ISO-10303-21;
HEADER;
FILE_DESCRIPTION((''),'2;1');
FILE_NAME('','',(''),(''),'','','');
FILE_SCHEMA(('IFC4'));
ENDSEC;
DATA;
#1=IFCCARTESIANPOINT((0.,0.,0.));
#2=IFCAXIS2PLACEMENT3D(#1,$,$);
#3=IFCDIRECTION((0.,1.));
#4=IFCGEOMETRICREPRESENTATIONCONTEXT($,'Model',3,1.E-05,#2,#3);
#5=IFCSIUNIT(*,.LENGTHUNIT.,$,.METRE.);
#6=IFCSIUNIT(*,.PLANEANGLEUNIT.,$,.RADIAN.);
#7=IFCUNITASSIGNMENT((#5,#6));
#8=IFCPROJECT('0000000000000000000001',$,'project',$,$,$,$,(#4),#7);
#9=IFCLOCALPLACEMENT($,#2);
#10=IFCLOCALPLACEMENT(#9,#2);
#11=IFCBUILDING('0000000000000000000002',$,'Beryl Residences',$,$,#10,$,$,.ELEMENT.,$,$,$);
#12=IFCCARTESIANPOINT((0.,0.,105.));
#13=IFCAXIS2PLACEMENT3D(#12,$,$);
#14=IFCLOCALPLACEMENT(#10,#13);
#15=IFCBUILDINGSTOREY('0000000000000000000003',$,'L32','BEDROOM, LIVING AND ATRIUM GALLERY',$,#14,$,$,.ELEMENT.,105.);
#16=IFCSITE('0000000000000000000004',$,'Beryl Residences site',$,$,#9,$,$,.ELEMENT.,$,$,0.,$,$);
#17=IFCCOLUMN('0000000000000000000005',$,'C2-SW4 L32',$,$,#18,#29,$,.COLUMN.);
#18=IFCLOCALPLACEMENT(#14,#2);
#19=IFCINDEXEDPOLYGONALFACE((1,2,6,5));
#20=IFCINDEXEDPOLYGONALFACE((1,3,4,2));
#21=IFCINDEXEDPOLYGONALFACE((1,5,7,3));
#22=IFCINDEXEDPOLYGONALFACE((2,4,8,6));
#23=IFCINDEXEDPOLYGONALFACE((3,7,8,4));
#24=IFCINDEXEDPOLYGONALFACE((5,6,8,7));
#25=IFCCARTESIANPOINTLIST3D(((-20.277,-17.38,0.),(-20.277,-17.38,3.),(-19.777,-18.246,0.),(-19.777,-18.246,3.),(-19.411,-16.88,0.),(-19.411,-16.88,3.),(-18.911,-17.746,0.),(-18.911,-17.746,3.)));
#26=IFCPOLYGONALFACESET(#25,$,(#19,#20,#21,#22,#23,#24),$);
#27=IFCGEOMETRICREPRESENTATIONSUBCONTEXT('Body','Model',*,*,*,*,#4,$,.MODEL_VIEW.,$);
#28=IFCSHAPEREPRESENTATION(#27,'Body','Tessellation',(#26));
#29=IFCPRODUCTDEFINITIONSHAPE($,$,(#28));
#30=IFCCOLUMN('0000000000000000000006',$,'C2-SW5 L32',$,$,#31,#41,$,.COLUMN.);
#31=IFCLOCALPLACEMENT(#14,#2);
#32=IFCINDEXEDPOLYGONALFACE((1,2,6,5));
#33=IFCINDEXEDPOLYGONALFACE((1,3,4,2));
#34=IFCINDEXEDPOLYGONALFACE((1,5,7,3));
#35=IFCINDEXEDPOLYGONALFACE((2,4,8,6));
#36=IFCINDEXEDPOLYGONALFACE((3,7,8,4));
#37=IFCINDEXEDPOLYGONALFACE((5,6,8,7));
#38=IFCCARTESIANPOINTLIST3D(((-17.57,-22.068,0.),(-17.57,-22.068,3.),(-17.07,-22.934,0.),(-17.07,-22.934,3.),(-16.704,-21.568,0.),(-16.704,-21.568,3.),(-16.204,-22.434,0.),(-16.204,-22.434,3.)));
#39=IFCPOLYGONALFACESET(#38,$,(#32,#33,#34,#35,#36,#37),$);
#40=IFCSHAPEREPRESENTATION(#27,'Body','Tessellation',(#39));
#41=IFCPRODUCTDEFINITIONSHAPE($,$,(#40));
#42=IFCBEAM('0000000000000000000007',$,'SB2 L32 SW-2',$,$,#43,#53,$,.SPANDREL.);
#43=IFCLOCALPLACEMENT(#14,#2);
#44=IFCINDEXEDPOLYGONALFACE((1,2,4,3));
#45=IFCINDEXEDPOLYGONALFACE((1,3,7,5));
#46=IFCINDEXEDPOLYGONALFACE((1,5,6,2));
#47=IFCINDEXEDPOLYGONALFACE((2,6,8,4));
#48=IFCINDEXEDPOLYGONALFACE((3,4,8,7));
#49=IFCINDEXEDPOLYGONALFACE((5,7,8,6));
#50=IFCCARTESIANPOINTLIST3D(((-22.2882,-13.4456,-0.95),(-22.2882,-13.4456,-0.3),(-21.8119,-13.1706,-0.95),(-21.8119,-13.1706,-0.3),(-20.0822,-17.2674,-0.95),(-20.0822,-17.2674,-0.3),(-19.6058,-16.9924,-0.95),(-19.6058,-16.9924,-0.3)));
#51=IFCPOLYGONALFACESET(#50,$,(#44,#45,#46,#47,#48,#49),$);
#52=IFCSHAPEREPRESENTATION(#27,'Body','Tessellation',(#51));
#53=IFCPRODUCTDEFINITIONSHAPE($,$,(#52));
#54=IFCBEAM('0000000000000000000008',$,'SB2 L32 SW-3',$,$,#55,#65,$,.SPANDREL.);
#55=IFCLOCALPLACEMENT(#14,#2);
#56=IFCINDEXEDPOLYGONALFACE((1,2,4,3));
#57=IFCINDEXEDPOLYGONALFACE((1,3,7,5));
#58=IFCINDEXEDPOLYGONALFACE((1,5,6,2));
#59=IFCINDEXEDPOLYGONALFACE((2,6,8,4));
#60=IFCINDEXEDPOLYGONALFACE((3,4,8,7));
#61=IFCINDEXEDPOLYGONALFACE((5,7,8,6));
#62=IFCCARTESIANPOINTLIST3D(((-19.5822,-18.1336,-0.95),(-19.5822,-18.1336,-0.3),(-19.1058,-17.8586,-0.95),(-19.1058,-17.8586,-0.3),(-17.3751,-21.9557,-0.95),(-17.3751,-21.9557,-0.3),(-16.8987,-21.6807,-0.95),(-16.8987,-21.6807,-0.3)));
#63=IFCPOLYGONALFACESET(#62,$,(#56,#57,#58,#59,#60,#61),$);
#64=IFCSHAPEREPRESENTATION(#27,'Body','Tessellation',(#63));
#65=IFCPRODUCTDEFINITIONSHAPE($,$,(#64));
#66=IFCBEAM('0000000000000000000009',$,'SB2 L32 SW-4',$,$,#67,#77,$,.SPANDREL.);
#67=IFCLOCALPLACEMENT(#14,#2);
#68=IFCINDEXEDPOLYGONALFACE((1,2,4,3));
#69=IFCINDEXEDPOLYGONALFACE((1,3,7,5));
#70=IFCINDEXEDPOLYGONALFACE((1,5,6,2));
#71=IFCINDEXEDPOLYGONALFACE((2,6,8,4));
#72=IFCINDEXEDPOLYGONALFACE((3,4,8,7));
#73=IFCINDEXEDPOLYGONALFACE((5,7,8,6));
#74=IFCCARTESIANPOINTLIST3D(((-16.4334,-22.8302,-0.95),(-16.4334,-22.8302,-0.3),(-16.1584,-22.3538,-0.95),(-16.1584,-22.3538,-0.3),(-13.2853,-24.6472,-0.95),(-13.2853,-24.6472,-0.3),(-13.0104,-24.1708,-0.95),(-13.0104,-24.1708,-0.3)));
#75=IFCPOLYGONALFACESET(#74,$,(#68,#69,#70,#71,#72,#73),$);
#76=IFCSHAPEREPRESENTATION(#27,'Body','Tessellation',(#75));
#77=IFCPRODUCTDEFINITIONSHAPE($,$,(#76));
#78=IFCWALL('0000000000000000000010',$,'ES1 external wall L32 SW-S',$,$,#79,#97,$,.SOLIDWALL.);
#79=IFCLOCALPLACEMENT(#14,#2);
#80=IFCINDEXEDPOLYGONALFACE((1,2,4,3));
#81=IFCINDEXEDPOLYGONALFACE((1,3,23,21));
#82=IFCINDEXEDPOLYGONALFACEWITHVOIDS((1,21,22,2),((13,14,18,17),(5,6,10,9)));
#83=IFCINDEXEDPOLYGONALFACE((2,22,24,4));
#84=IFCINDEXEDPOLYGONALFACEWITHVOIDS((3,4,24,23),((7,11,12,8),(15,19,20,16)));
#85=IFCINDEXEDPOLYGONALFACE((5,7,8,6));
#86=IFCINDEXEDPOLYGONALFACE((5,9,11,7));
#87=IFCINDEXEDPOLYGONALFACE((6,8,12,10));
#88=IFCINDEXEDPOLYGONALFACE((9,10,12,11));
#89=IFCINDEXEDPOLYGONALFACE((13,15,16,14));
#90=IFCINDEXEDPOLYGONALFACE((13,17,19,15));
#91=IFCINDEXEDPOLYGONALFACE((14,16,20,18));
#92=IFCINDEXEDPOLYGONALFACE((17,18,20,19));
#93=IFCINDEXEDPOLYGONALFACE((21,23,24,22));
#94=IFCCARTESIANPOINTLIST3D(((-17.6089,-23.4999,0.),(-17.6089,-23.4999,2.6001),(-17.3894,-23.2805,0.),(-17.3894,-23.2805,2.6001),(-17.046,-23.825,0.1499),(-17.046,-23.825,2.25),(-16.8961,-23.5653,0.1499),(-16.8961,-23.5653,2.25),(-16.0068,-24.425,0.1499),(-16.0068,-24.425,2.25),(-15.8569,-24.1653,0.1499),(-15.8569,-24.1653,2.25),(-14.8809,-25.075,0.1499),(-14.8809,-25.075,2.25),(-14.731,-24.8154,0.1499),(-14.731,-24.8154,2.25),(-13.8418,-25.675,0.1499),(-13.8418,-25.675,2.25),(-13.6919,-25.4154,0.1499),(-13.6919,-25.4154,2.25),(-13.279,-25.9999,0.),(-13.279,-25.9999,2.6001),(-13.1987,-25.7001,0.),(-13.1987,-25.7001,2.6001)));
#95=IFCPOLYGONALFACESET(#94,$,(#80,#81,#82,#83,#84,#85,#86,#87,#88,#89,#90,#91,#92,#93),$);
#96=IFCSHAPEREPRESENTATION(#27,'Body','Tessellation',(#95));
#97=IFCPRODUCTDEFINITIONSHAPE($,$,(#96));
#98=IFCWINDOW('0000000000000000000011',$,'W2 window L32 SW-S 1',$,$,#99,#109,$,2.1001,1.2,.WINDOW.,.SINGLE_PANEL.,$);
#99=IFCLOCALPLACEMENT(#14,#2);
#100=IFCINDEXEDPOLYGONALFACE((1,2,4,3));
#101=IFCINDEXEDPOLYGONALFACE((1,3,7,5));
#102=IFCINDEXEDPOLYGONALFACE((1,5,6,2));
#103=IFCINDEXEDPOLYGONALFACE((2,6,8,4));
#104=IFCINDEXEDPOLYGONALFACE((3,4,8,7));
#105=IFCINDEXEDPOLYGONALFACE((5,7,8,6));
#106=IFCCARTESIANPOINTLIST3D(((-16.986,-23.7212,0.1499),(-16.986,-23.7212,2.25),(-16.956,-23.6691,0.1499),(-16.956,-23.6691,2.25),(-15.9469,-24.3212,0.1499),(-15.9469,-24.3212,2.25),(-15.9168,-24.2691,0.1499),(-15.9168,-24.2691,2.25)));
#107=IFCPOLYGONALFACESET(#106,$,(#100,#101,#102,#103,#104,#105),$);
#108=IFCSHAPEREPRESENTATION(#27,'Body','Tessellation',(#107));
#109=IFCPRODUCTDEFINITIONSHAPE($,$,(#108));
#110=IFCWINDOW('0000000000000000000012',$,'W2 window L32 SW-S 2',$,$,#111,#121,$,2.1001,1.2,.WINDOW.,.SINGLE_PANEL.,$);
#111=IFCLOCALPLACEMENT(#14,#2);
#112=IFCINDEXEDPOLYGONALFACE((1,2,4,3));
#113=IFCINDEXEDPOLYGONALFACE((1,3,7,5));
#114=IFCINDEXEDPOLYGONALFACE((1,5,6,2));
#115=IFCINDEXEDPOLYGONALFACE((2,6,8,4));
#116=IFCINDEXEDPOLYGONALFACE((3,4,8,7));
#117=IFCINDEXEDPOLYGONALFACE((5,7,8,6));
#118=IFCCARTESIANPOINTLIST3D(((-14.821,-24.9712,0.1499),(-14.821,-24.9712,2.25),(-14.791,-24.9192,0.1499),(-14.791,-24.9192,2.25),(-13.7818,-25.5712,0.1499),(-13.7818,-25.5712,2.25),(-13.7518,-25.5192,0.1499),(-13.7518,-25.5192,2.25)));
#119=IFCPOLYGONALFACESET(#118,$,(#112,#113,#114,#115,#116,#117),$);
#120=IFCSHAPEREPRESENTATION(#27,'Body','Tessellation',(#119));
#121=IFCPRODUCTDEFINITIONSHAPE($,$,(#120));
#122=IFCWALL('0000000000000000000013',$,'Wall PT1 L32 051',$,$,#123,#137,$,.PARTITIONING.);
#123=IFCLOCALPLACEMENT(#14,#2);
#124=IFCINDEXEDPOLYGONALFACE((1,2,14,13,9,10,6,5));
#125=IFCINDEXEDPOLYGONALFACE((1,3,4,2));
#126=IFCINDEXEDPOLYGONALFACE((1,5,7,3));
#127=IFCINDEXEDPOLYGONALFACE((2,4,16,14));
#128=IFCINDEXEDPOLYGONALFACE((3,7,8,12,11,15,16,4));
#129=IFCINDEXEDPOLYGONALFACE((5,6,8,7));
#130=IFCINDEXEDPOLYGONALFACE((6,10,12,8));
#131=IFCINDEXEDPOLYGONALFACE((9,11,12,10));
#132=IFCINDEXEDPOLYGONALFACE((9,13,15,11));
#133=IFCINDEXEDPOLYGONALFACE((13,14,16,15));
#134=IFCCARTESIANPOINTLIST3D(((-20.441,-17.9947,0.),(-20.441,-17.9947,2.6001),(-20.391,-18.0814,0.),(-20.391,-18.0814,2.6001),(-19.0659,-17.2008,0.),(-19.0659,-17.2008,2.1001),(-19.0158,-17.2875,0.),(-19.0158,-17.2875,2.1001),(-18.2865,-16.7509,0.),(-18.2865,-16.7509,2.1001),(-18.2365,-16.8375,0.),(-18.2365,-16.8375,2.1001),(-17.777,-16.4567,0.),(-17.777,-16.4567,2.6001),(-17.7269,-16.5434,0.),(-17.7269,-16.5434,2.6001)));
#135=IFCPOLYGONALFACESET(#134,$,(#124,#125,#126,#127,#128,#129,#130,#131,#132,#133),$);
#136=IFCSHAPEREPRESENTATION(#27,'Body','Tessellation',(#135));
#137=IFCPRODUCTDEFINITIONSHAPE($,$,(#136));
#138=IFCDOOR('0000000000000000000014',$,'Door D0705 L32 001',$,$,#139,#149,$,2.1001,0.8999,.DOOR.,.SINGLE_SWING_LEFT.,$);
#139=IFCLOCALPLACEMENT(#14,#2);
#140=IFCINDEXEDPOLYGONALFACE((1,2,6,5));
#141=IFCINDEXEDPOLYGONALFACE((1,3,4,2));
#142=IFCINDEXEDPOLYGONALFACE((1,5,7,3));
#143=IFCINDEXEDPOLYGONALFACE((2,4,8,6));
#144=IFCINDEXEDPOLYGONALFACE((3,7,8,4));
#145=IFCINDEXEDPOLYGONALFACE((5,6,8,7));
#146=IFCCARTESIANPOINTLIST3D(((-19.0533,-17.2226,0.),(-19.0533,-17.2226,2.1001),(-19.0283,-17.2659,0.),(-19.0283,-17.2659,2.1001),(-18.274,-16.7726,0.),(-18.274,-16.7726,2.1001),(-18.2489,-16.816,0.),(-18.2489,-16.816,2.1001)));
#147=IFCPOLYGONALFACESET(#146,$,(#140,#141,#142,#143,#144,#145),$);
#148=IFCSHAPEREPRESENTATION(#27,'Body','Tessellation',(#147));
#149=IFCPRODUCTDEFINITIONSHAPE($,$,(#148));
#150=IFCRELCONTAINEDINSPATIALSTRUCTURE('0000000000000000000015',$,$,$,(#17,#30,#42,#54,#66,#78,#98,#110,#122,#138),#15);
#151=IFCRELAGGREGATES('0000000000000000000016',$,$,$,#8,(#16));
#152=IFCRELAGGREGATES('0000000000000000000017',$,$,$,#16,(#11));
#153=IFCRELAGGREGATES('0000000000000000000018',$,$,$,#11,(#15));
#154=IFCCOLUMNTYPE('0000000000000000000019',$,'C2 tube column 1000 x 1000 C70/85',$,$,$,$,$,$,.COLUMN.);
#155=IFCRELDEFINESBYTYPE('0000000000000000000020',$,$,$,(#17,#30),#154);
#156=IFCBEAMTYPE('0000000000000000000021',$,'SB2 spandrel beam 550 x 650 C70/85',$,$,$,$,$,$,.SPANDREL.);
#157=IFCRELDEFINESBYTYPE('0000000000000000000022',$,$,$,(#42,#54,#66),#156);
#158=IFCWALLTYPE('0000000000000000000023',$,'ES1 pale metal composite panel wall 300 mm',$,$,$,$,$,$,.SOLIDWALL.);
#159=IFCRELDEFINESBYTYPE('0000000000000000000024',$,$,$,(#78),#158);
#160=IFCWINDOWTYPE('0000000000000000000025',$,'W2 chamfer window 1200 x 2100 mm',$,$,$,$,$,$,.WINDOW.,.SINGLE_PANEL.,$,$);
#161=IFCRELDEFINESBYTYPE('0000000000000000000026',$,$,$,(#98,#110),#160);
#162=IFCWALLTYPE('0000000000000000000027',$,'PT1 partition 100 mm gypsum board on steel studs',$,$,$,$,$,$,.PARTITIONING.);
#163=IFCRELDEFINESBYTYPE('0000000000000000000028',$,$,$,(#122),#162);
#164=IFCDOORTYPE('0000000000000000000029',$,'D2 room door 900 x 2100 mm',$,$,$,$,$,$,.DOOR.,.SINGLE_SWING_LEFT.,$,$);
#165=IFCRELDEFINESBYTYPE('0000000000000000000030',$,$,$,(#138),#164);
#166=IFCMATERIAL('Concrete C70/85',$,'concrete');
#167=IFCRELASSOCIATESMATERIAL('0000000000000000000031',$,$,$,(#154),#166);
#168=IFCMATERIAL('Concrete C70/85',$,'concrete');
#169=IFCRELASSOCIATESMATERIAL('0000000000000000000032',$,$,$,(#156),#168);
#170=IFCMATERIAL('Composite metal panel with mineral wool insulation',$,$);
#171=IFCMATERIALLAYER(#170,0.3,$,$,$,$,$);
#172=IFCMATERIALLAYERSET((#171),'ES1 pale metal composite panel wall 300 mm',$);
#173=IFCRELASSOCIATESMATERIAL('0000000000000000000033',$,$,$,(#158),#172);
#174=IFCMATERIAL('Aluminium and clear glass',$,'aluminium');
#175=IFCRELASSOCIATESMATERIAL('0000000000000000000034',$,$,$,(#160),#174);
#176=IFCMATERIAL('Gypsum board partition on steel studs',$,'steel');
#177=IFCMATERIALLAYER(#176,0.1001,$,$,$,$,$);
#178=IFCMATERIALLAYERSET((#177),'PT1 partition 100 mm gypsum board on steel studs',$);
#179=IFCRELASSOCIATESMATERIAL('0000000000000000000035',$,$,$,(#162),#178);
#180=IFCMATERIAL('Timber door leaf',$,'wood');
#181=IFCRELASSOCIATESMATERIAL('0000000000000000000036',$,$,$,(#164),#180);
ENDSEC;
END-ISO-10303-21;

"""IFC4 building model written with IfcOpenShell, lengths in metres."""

from ifc_helpers import new_model, si_unit, direction, frame, frame_2d, origin, origin_2d, place, context, subcontext, project, spatial, polyline, rectangle, outline, extrude, material, layer, layer_set, material_profile, profile_set, type_object, element, fill, save


model = new_model("IFC4")

# Units and contexts
model_context = context("Model", 3, precision=1e-05, world=origin(), true_north=direction((0.0, 1.0)))
body_context = subcontext(model_context, "Body", "Model", "MODEL_VIEW")
ifc_project = project(units=[si_unit("LENGTHUNIT", "METRE"), si_unit("PLANEANGLEUNIT", "RADIAN")], contexts=[model_context])

# Site, building, storey
site_placement = place(None, origin())
site = spatial("IfcSite", under=ifc_project, at=site_placement, Name="Beryl Residences site", CompositionType="ELEMENT", RefElevation=0.0)
building_placement = place(site_placement, origin())
building = spatial("IfcBuilding", under=site, at=building_placement, Name="Beryl Residences", CompositionType="ELEMENT")
storey_placement = place(building_placement, frame((0.0, 0.0, 105.0)))
storey = spatial("IfcBuildingStorey", under=building, at=storey_placement, Name="L32", Description="BEDROOM, LIVING AND ATRIUM GALLERY", CompositionType="ELEMENT", Elevation=105.0)

# Columns
ifc_material_1 = material(Name="Concrete C70/85", Category="concrete")
ifc_material_profile_1 = material_profile(ifc_material_1, rectangle(XDim=1.0, YDim=1.0, at=origin_2d()))
ifc_profile_set_1 = profile_set([ifc_material_profile_1], Name="Concrete C70/85")
column_type = type_object("IfcColumnType", Name="C2 tube column 1000 x 1000 C70/85", PredefinedType="COLUMN", material=ifc_profile_set_1)
for number, where, z_axis, x_axis, name in (
    (1, (-19.594, -17.563, 0.0), (0.0, 0.0, 1.0), (0.5, -0.866025, 0.0), "C2-SW4 L32"),
    (2, (-16.887, -22.251, 0.0), (0.0, 0.0, 1.0), (0.5, -0.866025, 0.0), "C2-SW5 L32"),
):
    element("IfcColumn", number, at=place(storey_placement, frame(where, z_axis=z_axis, x_axis=x_axis)), inside=storey, type_object=column_type, Name=name, PredefinedType="COLUMN", context=body_context, shape_type="SweptSolid", body=[
        extrude(rectangle(XDim=1.0, YDim=1.0, at=origin_2d()), origin(), (0.0, 0.0, 1.0), 3.0),
    ])

# Beams
ifc_material_2 = material(Name="Concrete C70/85", Category="concrete")
ifc_material_profile_2 = material_profile(ifc_material_2, rectangle(XDim=0.55, YDim=0.6499, at=origin_2d()))
ifc_profile_set_2 = profile_set([ifc_material_profile_2], Name="Concrete C70/85")
beam_type = type_object("IfcBeamType", Name="SB2 spandrel beam 550 x 650 C70/85", PredefinedType="SPANDREL", material=ifc_profile_set_2)
beam_1_placement = place(storey_placement, frame((-22.05, -13.3081, -0.625), z_axis=(0.499924, -0.86607, 0.0), x_axis=(0.86607, 0.499924, 0.0)))
element("IfcBeam", 3, at=beam_1_placement, inside=storey, type_object=beam_type, Name="SB2 L32 SW-2", PredefinedType="SPANDREL", context=body_context, shape_type="SweptSolid", body=[
    extrude(rectangle(XDim=0.55, YDim=0.6499, at=origin_2d()), origin(), (0.0, 0.0, 1.0), 4.4128),
])
beam_2_placement = place(storey_placement, frame((-19.344, -17.9961, -0.625), z_axis=(0.500066, -0.865988, 0.0), x_axis=(0.865988, 0.500066, 0.0)))
element("IfcBeam", 4, at=beam_2_placement, inside=storey, type_object=beam_type, Name="SB2 L32 SW-3", PredefinedType="SPANDREL", context=body_context, shape_type="SweptSolid", body=[
    extrude(rectangle(XDim=0.55, YDim=0.6499, at=origin_2d()), origin(), (0.0, 0.0, 1.0), 4.4136),
])
beam_3_placement = place(storey_placement, frame((-16.2959, -22.592, -0.625), z_axis=(0.866094, -0.499881, 0.0), x_axis=(0.499881, 0.866094, 0.0)))
element("IfcBeam", 5, at=beam_3_placement, inside=storey, type_object=beam_type, Name="SB2 L32 SW-4", PredefinedType="SPANDREL", context=body_context, shape_type="SweptSolid", body=[
    extrude(rectangle(XDim=0.55, YDim=0.6499, at=origin_2d()), origin(), (0.0, 0.0, 1.0), 3.6348),
])

# Wall, openings, windows
ifc_material_3 = material(Name="Composite metal panel with mineral wool insulation")
ifc_layer_1 = layer(ifc_material_3, 0.3)
ifc_layer_set_1 = layer_set([ifc_layer_1], Name="ES1 pale metal composite panel wall 300 mm")
wall_type_1 = type_object("IfcWallType", Name="ES1 pale metal composite panel wall 300 mm", PredefinedType="SOLIDWALL", material=ifc_layer_set_1)
wall_1_placement = place(storey_placement, frame((-17.5339, -23.3701, 0.0), z_axis=(0.0, 0.0, 1.0), x_axis=(0.866011, -0.500025, 0.0)))
wall_1 = element("IfcWall", 6, at=wall_1_placement, inside=storey, type_object=wall_type_1, Name="ES1 external wall L32 SW-S", PredefinedType="SOLIDWALL", context=body_context, shape_type="SweptSolid", body=[
    extrude(outline(polyline([(0.0, -0.1499), (4.9998, -0.1499), (4.9194, 0.1499), (0.0803, 0.1499), (0.0, -0.1499)])), origin(), (0.0, 0.0, 1.0), 2.6001),
])
opening_1_placement = place(wall_1_placement, frame((0.6499, 0.0, 0.1499)))
opening_1 = element("IfcOpeningElement", 7, at=opening_1_placement, cuts=wall_1, PredefinedType="OPENING", context=body_context, shape_type="SweptSolid", body=[
    extrude(rectangle(XDim=1.2, YDim=2.1001, at=frame_2d((0.6001, 1.05))), frame((0.0, 0.1599, 0.0), z_axis=(0.0, -1.0, 0.0), x_axis=(1.0, 0.0, 0.0)), (0.0, 0.0, 1.0), 0.3201),
])
opening_2_placement = place(wall_1_placement, frame((3.1499, 0.0, 0.1499)))
opening_2 = element("IfcOpeningElement", 8, at=opening_2_placement, cuts=wall_1, PredefinedType="OPENING", context=body_context, shape_type="SweptSolid", body=[
    extrude(rectangle(XDim=1.2, YDim=2.1001, at=frame_2d((0.6001, 1.05))), frame((0.0, 0.1599, 0.0), z_axis=(0.0, -1.0, 0.0), x_axis=(1.0, 0.0, 0.0)), (0.0, 0.0, 1.0), 0.3201),
])
ifc_material_4 = material(Name="Aluminium and clear glass", Category="aluminium")
window_type = type_object("IfcWindowType", Name="W2 chamfer window 1200 x 2100 mm", PartitioningType="SINGLE_PANEL", PredefinedType="WINDOW", material=ifc_material_4)
window_1_placement = place(opening_1_placement, origin())
window_1 = element("IfcWindow", 9, at=window_1_placement, inside=storey, type_object=window_type, Name="W2 window L32 SW-S 1", OverallHeight=2.1001, OverallWidth=1.2, PartitioningType="SINGLE_PANEL", PredefinedType="WINDOW", context=body_context, shape_type="SweptSolid", body=[
    extrude(rectangle(XDim=1.2, YDim=2.1001, at=frame_2d((0.6001, 1.05))), frame((0.0, 0.03, 0.0), z_axis=(0.0, -1.0, 0.0), x_axis=(1.0, 0.0, 0.0)), (0.0, 0.0, 1.0), 0.0601),
])
fill(opening_1, window_1)
window_2_placement = place(opening_2_placement, origin())
window_2 = element("IfcWindow", 10, at=window_2_placement, inside=storey, type_object=window_type, Name="W2 window L32 SW-S 2", OverallHeight=2.1001, OverallWidth=1.2, PartitioningType="SINGLE_PANEL", PredefinedType="WINDOW", context=body_context, shape_type="SweptSolid", body=[
    extrude(rectangle(XDim=1.2, YDim=2.1001, at=frame_2d((0.6001, 1.05))), frame((0.0, 0.03, 0.0), z_axis=(0.0, -1.0, 0.0), x_axis=(1.0, 0.0, 0.0)), (0.0, 0.0, 1.0), 0.0601),
])
fill(opening_2, window_2)

# Wall, opening, door
ifc_material_5 = material(Name="Gypsum board partition on steel studs", Category="steel")
ifc_layer_2 = layer(ifc_material_5, 0.1001)
ifc_layer_set_2 = layer_set([ifc_layer_2], Name="PT1 partition 100 mm gypsum board on steel studs")
wall_type_2 = type_object("IfcWallType", Name="PT1 partition 100 mm gypsum board on steel studs", PredefinedType="PARTITIONING", material=ifc_layer_set_2)
wall_2_placement = place(storey_placement, frame((-20.416, -18.0381, 0.0), z_axis=(0.0, 0.0, 1.0), x_axis=(0.866027, 0.499997, 0.0)))
wall_2 = element("IfcWall", 11, at=wall_2_placement, inside=storey, type_object=wall_type_2, Name="Wall PT1 L32 051", PredefinedType="PARTITIONING", context=body_context, shape_type="SweptSolid", body=[
    extrude(rectangle(XDim=3.0762, YDim=0.1001, at=frame_2d((1.5381, 0.0))), origin(), (0.0, 0.0, 1.0), 2.6001),
])
opening_3_placement = place(wall_2_placement, frame((1.5879, 0.0, 0.0)))
opening_3 = element("IfcOpeningElement", 12, at=opening_3_placement, cuts=wall_2, PredefinedType="OPENING", context=body_context, shape_type="SweptSolid", body=[
    extrude(rectangle(XDim=0.8999, YDim=2.1001, at=frame_2d((0.45, 1.05))), frame((0.0, 0.0601, 0.0), z_axis=(0.0, -1.0, 0.0), x_axis=(1.0, 0.0, 0.0)), (0.0, 0.0, 1.0), 0.1201),
])
ifc_material_6 = material(Name="Timber door leaf", Category="wood")
door_type_1 = type_object("IfcDoorType", Name="D2 room door 900 x 2100 mm", OperationType="SINGLE_SWING_LEFT", PredefinedType="DOOR", material=ifc_material_6)
door_1_placement = place(opening_3_placement, origin())
door_1 = element("IfcDoor", 13, at=door_1_placement, inside=storey, type_object=door_type_1, Name="Door D0705 L32 001", OperationType="SINGLE_SWING_LEFT", OverallHeight=2.1001, OverallWidth=0.8999, PredefinedType="DOOR", context=body_context, shape_type="SweptSolid", body=[
    extrude(rectangle(XDim=0.8999, YDim=2.1001, at=frame_2d((0.45, 1.05))), frame((0.0, 0.0249, 0.0), z_axis=(0.0, -1.0, 0.0), x_axis=(1.0, 0.0, 0.0)), (0.0, 0.0, 1.0), 0.05),
])
fill(opening_3, door_1)

save(model, "model.ifc")
